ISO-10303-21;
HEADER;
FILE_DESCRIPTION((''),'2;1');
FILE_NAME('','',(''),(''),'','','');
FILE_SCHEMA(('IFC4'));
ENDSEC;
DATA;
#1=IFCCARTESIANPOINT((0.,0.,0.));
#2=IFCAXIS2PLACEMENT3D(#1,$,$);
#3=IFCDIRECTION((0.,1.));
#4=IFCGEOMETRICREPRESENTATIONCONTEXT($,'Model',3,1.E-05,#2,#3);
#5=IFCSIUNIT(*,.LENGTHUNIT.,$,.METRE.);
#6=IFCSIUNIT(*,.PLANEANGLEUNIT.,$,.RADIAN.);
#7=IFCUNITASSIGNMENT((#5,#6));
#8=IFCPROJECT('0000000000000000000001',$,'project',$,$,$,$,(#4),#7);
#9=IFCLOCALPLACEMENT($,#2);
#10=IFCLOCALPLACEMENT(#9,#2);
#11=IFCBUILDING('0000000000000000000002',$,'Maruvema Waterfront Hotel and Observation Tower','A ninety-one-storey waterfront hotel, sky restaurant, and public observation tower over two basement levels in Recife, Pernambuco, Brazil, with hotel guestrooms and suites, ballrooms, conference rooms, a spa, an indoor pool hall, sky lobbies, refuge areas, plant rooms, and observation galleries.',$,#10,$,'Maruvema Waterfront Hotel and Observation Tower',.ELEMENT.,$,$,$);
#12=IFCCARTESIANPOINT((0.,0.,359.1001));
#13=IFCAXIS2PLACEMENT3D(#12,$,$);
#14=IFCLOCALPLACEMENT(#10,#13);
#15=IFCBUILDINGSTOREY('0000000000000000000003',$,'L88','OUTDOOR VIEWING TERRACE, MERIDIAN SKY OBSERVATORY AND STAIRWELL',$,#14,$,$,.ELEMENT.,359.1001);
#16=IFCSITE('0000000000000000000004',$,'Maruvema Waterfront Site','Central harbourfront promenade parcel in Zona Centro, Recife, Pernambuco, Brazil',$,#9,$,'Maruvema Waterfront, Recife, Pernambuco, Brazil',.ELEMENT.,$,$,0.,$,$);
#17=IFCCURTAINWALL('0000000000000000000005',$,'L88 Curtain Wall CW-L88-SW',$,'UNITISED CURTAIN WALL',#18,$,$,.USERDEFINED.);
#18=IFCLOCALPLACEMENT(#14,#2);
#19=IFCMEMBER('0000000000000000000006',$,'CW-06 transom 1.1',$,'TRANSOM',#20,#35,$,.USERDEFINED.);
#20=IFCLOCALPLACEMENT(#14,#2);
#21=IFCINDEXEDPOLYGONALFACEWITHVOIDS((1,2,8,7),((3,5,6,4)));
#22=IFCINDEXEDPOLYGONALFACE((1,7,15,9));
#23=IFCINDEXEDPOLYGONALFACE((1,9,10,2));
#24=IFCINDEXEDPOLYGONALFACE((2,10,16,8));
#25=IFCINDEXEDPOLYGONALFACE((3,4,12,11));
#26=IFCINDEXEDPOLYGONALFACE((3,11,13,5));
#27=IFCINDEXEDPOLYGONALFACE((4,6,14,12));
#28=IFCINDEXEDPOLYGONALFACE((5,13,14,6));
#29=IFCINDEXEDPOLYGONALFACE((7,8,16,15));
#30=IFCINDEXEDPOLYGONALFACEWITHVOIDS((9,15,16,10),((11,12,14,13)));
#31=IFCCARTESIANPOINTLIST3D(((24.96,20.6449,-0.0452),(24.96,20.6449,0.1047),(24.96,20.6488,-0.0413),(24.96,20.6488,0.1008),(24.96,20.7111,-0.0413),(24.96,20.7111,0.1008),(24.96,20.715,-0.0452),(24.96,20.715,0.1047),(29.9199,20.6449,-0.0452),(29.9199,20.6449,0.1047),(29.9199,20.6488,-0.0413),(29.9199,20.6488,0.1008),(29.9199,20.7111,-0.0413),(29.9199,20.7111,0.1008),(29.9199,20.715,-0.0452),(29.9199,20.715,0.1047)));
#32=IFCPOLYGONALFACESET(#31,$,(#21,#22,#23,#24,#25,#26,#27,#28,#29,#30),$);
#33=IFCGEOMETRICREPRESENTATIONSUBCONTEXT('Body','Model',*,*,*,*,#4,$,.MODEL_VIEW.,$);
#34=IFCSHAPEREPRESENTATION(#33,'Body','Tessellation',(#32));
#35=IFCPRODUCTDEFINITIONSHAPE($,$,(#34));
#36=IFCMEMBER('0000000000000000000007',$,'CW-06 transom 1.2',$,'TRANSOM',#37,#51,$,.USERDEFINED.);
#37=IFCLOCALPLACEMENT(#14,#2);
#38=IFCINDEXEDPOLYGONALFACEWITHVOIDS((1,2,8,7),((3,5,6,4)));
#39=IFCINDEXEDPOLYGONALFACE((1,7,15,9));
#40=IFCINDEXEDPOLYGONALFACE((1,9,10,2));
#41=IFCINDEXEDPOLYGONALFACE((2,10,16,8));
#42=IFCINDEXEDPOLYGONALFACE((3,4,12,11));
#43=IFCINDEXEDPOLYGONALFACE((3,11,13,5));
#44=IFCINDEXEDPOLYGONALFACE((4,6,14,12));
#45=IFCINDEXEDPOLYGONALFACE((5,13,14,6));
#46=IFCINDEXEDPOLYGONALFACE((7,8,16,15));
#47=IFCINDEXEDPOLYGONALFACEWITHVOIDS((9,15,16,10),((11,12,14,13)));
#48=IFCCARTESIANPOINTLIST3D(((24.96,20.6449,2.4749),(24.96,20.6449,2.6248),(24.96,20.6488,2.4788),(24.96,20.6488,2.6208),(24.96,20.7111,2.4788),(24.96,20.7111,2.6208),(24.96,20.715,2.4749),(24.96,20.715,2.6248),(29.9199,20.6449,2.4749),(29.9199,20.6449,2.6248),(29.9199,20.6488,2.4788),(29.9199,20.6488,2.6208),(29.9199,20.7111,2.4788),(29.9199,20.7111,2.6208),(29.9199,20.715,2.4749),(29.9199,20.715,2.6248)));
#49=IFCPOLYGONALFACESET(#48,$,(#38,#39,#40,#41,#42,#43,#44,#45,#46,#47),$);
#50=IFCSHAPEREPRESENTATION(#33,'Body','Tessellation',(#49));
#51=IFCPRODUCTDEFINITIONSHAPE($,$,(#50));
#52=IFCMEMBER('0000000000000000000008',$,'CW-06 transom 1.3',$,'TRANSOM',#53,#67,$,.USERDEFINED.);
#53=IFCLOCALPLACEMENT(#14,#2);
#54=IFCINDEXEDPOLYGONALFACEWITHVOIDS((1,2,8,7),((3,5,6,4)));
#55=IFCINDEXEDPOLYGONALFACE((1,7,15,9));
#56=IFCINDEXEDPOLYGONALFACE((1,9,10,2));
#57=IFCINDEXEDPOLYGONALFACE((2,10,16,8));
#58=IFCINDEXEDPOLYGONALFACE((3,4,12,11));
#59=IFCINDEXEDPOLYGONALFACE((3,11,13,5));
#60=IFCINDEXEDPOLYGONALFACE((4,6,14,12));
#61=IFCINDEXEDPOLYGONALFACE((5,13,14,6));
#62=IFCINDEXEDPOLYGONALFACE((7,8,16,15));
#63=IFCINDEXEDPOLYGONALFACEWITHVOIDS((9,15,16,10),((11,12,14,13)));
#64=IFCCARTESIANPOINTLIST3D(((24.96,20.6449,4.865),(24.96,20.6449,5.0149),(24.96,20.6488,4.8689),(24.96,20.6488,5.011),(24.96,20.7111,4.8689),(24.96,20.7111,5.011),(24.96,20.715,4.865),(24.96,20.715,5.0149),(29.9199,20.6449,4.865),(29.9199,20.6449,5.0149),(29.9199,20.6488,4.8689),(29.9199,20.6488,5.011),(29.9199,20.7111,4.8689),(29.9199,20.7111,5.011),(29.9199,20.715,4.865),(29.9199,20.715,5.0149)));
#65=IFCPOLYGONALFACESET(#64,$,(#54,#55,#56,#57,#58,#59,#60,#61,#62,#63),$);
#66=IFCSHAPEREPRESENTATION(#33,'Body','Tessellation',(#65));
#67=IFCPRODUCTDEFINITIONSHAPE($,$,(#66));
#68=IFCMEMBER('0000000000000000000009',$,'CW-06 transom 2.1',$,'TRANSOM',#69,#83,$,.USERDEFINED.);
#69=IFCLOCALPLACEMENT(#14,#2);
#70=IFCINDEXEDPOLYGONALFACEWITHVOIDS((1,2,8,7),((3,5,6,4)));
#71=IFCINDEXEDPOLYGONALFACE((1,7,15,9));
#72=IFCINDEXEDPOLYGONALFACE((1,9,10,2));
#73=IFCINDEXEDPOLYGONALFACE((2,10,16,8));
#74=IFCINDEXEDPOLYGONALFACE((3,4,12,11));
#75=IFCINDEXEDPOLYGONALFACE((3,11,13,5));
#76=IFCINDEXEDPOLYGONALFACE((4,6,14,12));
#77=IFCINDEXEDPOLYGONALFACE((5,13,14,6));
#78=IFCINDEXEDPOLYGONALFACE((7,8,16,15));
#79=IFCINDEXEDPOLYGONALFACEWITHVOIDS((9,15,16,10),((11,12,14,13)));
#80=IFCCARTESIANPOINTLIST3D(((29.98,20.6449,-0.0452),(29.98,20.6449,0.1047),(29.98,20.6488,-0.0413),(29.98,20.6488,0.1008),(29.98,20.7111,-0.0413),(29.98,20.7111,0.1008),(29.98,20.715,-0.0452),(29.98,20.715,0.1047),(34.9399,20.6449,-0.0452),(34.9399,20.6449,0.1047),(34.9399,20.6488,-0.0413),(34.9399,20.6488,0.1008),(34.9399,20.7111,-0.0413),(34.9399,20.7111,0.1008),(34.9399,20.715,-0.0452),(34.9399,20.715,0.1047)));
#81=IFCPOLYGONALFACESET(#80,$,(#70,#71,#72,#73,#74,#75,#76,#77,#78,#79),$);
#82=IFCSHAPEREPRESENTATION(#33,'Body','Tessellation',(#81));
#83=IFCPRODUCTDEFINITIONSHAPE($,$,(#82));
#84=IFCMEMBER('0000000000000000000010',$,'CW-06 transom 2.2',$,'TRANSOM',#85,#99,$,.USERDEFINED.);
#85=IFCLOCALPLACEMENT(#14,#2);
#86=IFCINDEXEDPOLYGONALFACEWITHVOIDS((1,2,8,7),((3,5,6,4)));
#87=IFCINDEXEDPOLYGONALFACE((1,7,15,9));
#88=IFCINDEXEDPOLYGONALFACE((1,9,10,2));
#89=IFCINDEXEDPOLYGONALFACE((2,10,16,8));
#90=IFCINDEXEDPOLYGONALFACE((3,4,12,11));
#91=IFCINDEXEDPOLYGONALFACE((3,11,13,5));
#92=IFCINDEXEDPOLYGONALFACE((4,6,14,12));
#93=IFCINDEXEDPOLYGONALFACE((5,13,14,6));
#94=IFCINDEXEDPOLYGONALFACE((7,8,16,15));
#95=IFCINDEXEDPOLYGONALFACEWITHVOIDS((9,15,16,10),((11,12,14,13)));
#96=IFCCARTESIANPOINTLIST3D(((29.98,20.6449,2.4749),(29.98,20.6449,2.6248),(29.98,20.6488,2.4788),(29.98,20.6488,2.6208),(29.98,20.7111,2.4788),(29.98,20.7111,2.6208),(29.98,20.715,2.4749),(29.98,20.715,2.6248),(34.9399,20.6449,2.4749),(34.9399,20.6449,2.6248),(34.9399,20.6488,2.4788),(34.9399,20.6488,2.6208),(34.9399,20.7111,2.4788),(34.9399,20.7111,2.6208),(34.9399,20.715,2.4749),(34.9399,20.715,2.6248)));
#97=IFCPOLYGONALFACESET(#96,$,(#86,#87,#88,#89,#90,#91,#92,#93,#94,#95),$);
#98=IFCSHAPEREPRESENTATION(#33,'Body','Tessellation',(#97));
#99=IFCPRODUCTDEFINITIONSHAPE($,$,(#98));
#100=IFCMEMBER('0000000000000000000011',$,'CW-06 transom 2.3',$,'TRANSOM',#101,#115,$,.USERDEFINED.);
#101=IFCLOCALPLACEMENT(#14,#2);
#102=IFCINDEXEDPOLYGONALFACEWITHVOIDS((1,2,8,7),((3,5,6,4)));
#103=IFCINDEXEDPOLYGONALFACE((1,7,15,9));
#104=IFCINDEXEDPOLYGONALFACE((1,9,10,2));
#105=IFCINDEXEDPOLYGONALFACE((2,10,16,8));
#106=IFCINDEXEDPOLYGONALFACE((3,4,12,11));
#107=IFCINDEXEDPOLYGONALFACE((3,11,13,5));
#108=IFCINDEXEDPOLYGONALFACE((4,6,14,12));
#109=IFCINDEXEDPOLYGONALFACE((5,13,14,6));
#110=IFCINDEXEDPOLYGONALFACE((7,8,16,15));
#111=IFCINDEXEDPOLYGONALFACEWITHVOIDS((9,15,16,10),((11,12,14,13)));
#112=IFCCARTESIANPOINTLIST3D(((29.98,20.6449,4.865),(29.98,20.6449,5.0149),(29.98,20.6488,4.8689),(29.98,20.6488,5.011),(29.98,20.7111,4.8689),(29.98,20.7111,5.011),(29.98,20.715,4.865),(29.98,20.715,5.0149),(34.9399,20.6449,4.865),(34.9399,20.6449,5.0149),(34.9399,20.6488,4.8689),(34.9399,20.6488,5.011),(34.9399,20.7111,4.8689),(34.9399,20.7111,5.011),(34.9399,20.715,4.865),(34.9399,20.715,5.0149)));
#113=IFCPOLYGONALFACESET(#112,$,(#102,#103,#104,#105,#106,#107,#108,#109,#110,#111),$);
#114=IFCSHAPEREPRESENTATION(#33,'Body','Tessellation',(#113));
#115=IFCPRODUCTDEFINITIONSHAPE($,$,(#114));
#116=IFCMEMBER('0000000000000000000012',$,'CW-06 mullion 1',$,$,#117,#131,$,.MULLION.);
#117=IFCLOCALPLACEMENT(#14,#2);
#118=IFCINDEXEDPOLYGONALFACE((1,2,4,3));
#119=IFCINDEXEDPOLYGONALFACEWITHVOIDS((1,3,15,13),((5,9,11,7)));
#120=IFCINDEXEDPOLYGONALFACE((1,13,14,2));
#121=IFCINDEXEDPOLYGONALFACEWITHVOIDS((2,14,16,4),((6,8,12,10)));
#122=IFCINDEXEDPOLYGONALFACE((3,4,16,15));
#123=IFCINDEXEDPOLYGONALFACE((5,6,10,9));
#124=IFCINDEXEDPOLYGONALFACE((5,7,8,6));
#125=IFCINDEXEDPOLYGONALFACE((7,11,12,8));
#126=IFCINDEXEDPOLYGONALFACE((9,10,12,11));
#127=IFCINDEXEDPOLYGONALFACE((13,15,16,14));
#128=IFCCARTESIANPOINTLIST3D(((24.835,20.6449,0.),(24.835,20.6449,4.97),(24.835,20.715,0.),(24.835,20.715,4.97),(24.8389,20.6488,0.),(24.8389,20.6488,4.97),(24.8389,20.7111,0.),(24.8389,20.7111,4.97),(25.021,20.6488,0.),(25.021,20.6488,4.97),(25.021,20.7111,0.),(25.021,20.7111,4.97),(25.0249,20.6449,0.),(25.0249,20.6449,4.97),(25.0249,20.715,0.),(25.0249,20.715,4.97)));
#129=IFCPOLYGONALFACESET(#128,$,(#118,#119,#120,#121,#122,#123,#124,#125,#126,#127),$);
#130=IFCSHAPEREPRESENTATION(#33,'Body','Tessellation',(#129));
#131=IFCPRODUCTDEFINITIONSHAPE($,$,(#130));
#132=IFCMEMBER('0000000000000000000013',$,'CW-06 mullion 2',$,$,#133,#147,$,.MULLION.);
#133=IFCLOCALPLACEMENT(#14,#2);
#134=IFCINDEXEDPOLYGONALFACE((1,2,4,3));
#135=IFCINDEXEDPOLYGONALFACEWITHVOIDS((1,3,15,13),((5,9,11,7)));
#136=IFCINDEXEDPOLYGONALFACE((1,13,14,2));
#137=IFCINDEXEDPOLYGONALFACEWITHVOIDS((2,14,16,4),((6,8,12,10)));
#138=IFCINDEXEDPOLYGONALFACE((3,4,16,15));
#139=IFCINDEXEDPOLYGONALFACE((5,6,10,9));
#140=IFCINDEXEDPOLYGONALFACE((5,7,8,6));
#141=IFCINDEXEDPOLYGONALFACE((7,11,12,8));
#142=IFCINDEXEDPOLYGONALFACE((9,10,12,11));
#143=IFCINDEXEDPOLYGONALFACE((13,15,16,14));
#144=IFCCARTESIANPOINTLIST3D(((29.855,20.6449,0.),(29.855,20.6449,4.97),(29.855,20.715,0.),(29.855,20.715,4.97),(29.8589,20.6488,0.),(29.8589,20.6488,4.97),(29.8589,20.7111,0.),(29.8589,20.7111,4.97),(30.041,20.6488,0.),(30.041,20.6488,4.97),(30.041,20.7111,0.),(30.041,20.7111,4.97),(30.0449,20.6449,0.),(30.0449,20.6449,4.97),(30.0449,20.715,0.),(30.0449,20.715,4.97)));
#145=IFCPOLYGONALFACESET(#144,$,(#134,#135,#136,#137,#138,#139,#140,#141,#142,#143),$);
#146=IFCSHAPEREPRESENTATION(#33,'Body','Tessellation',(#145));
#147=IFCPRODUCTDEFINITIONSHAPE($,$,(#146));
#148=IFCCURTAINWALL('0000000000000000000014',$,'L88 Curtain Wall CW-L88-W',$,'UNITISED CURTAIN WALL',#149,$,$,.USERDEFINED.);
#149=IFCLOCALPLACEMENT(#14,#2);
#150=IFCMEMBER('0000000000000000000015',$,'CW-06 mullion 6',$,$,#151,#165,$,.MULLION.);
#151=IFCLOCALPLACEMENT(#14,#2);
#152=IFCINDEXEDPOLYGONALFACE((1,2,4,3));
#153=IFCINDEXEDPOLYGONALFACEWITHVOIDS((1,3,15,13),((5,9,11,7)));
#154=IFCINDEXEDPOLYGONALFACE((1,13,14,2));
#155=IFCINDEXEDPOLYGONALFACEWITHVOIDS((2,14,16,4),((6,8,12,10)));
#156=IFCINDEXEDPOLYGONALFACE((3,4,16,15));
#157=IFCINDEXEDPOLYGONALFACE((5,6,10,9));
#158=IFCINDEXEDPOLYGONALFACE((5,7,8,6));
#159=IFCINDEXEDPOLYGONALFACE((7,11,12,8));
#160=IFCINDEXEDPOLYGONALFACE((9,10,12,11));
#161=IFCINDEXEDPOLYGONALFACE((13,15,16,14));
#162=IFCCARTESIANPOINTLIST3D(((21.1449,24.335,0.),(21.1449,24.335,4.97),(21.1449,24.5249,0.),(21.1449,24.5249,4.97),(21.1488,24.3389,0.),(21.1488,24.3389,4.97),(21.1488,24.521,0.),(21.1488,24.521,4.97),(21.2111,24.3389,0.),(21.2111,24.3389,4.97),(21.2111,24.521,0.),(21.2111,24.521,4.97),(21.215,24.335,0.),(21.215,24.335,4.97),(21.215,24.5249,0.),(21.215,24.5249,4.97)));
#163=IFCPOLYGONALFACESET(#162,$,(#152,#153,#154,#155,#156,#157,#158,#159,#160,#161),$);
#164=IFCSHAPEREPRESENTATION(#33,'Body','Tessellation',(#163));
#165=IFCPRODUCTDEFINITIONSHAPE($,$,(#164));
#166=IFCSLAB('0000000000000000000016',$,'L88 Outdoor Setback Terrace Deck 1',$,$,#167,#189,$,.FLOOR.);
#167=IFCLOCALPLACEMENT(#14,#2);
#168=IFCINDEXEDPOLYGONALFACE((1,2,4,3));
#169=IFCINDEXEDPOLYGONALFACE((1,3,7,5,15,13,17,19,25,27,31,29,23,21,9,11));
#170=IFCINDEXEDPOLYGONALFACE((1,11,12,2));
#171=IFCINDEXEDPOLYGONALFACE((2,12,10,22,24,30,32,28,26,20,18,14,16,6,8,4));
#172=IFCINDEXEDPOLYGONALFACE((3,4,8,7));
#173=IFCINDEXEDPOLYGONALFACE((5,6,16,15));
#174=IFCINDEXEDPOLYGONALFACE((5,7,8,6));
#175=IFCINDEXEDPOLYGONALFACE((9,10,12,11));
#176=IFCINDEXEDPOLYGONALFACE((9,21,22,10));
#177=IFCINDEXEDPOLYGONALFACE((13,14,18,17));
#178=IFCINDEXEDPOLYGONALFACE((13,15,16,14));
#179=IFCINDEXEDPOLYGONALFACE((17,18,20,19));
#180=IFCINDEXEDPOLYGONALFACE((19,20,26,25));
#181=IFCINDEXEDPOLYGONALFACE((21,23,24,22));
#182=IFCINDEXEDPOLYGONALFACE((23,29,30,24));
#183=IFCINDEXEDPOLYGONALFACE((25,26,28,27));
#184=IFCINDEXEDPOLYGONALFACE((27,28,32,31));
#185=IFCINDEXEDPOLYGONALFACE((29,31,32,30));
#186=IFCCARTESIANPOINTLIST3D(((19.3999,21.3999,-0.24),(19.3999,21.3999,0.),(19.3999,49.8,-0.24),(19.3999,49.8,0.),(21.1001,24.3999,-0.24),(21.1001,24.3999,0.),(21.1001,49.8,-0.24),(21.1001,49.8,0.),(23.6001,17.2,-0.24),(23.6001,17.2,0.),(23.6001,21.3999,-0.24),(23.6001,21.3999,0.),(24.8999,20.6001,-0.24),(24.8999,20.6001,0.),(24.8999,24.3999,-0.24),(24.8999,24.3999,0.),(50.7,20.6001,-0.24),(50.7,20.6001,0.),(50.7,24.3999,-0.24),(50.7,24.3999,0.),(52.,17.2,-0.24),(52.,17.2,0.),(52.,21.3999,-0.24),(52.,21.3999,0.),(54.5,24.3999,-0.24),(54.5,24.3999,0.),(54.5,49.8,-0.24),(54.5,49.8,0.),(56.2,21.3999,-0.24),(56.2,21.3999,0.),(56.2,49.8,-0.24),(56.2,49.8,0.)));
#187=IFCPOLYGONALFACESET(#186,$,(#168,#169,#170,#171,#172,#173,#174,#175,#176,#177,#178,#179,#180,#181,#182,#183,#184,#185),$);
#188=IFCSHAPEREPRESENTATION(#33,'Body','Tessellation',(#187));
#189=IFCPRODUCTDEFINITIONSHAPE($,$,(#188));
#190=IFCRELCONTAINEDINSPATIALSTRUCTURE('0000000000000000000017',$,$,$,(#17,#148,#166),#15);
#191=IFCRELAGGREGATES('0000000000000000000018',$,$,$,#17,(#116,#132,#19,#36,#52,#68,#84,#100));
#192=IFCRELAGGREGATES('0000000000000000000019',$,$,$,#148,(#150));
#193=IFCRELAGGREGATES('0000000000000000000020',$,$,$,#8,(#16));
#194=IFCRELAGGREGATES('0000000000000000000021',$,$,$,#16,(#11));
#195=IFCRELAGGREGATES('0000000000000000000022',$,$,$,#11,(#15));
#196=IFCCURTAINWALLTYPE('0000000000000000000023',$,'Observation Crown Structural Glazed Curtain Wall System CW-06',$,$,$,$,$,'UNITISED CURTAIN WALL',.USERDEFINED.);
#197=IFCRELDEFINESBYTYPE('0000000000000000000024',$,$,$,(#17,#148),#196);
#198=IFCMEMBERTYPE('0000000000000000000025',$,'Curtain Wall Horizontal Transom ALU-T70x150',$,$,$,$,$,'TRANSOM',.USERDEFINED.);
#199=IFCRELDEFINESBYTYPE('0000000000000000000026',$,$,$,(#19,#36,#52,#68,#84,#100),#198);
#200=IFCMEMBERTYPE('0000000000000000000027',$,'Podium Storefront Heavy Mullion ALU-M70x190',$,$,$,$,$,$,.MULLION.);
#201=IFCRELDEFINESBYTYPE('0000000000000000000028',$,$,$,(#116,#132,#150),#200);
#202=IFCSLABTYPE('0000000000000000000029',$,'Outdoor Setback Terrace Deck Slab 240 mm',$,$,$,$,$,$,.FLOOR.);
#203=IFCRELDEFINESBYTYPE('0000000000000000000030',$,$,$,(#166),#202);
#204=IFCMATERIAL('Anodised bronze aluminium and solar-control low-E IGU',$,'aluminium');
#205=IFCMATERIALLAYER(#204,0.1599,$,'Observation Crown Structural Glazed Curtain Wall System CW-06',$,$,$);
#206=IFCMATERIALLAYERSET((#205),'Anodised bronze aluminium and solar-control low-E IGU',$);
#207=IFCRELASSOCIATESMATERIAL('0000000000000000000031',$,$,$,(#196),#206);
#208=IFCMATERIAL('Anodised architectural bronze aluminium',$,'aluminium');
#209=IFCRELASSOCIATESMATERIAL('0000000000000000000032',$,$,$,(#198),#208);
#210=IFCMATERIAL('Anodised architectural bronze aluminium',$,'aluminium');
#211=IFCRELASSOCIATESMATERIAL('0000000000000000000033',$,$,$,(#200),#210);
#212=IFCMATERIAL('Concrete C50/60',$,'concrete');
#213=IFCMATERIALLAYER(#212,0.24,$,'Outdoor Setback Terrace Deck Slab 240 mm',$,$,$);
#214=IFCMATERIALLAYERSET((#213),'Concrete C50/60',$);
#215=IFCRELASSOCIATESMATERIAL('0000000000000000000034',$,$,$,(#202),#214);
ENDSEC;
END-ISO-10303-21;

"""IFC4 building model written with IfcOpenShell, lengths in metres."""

from ifc_helpers import new_model, si_unit, direction, frame, origin, origin_2d, place, context, subcontext, project, spatial, polyline, hollow_rectangle, outline, extrude, material, layer, layer_set, material_profile, profile_set, type_object, element, aggregate, save


model = new_model("IFC4")

# Units and contexts
model_context = context("Model", 3, precision=1e-05, world=origin(), true_north=direction((0.0, 1.0)))
body_context = subcontext(model_context, "Body", "Model", "MODEL_VIEW")
ifc_project = project(units=[si_unit("LENGTHUNIT", "METRE"), si_unit("PLANEANGLEUNIT", "RADIAN")], contexts=[model_context])

# Site, building, storey
site_placement = place(None, origin())
site = spatial("IfcSite", under=ifc_project, at=site_placement, Name="Maruvema Waterfront Site", Description="Central harbourfront promenade parcel in Zona Centro, Recife, Pernambuco, Brazil", LongName="Maruvema Waterfront, Recife, Pernambuco, Brazil", CompositionType="ELEMENT", RefElevation=0.0)
building_placement = place(site_placement, origin())
building = spatial("IfcBuilding", under=site, at=building_placement, Name="Maruvema Waterfront Hotel and Observation Tower", Description="A ninety-one-storey waterfront hotel, sky restaurant, and public observation tower over two basement levels in Recife, Pernambuco, Brazil, with hotel guestrooms and suites, ballrooms, conference rooms, a spa, an indoor pool hall, sky lobbies, refuge areas, plant rooms, and observation galleries.", LongName="Maruvema Waterfront Hotel and Observation Tower", CompositionType="ELEMENT")
storey_placement = place(building_placement, frame((0.0, 0.0, 359.1001)))
storey = spatial("IfcBuildingStorey", under=building, at=storey_placement, Name="L88", Description="OUTDOOR VIEWING TERRACE, MERIDIAN SKY OBSERVATORY AND STAIRWELL", CompositionType="ELEMENT", Elevation=359.1001)

# Curtain wall, members
ifc_material_1 = material(Name="Anodised bronze aluminium and solar-control low-E IGU", Category="aluminium")
ifc_layer_1 = layer(ifc_material_1, 0.1599, Name="Observation Crown Structural Glazed Curtain Wall System CW-06")
ifc_layer_set_1 = layer_set([ifc_layer_1], Name="Anodised bronze aluminium and solar-control low-E IGU")
curtain_wall_type = type_object("IfcCurtainWallType", Name="Observation Crown Structural Glazed Curtain Wall System CW-06", ElementType="UNITISED CURTAIN WALL", PredefinedType="USERDEFINED", material=ifc_layer_set_1)
curtain_wall_1_placement = place(storey_placement, origin())
curtain_wall_1 = element("IfcCurtainWall", 1, at=curtain_wall_1_placement, inside=storey, type_object=curtain_wall_type, Name="L88 Curtain Wall CW-L88-SW", ObjectType="UNITISED CURTAIN WALL", PredefinedType="USERDEFINED")
ifc_material_2 = material(Name="Anodised architectural bronze aluminium", Category="aluminium")
ifc_material_profile_1 = material_profile(ifc_material_2, hollow_rectangle(XDim=0.0701, YDim=0.1499, WallThickness=0.0039, at=origin_2d()), Name="ALU-T70x150")
ifc_profile_set_1 = profile_set([ifc_material_profile_1], Name="Anodised architectural bronze aluminium")
member_type_1 = type_object("IfcMemberType", Name="Curtain Wall Horizontal Transom ALU-T70x150", ElementType="TRANSOM", PredefinedType="USERDEFINED", material=ifc_profile_set_1)
member_1_placement = place(storey_placement, frame((24.96, 20.6799, 0.0298), z_axis=(1.0, 0.0, 0.0), x_axis=(0.0, 1.0, 0.0)))
member_1 = element("IfcMember", 2, at=member_1_placement, type_object=member_type_1, Name="CW-06 transom 1.1", ObjectType="TRANSOM", PredefinedType="USERDEFINED", context=body_context, shape_type="SweptSolid", body=[
    extrude(hollow_rectangle(XDim=0.0701, YDim=0.1499, WallThickness=0.0039, at=origin_2d()), origin(), (0.0, 0.0, 1.0), 4.96),
])
member_2_placement = place(storey_placement, frame((24.96, 20.6799, 2.5498), z_axis=(1.0, 0.0, 0.0), x_axis=(0.0, 1.0, 0.0)))
member_2 = element("IfcMember", 3, at=member_2_placement, type_object=member_type_1, Name="CW-06 transom 1.2", ObjectType="TRANSOM", PredefinedType="USERDEFINED", context=body_context, shape_type="SweptSolid", body=[
    extrude(hollow_rectangle(XDim=0.0701, YDim=0.1499, WallThickness=0.0039, at=origin_2d()), origin(), (0.0, 0.0, 1.0), 4.96),
])
member_3_placement = place(storey_placement, frame((24.96, 20.6799, 4.9399), z_axis=(1.0, 0.0, 0.0), x_axis=(0.0, 1.0, 0.0)))
member_3 = element("IfcMember", 4, at=member_3_placement, type_object=member_type_1, Name="CW-06 transom 1.3", ObjectType="TRANSOM", PredefinedType="USERDEFINED", context=body_context, shape_type="SweptSolid", body=[
    extrude(hollow_rectangle(XDim=0.0701, YDim=0.1499, WallThickness=0.0039, at=origin_2d()), origin(), (0.0, 0.0, 1.0), 4.96),
])
member_4_placement = place(storey_placement, frame((29.98, 20.6799, 0.0298), z_axis=(1.0, 0.0, 0.0), x_axis=(0.0, 1.0, 0.0)))
member_4 = element("IfcMember", 5, at=member_4_placement, type_object=member_type_1, Name="CW-06 transom 2.1", ObjectType="TRANSOM", PredefinedType="USERDEFINED", context=body_context, shape_type="SweptSolid", body=[
    extrude(hollow_rectangle(XDim=0.0701, YDim=0.1499, WallThickness=0.0039, at=origin_2d()), origin(), (0.0, 0.0, 1.0), 4.96),
])
member_5_placement = place(storey_placement, frame((29.98, 20.6799, 2.5498), z_axis=(1.0, 0.0, 0.0), x_axis=(0.0, 1.0, 0.0)))
member_5 = element("IfcMember", 6, at=member_5_placement, type_object=member_type_1, Name="CW-06 transom 2.2", ObjectType="TRANSOM", PredefinedType="USERDEFINED", context=body_context, shape_type="SweptSolid", body=[
    extrude(hollow_rectangle(XDim=0.0701, YDim=0.1499, WallThickness=0.0039, at=origin_2d()), origin(), (0.0, 0.0, 1.0), 4.96),
])
member_6_placement = place(storey_placement, frame((29.98, 20.6799, 4.9399), z_axis=(1.0, 0.0, 0.0), x_axis=(0.0, 1.0, 0.0)))
member_6 = element("IfcMember", 7, at=member_6_placement, type_object=member_type_1, Name="CW-06 transom 2.3", ObjectType="TRANSOM", PredefinedType="USERDEFINED", context=body_context, shape_type="SweptSolid", body=[
    extrude(hollow_rectangle(XDim=0.0701, YDim=0.1499, WallThickness=0.0039, at=origin_2d()), origin(), (0.0, 0.0, 1.0), 4.96),
])
ifc_material_3 = material(Name="Anodised architectural bronze aluminium", Category="aluminium")
ifc_material_profile_2 = material_profile(ifc_material_3, hollow_rectangle(XDim=0.0701, YDim=0.1899, WallThickness=0.0039, at=origin_2d()), Name="ALU-M70x190")
ifc_profile_set_2 = profile_set([ifc_material_profile_2], Name="Anodised architectural bronze aluminium")
member_type_2 = type_object("IfcMemberType", Name="Podium Storefront Heavy Mullion ALU-M70x190", PredefinedType="MULLION", material=ifc_profile_set_2)
member_7_placement = place(storey_placement, frame((24.9299, 20.6799, 0.0), z_axis=(0.0, 0.0, 1.0), x_axis=(0.0, 1.0, 0.0)))
member_7 = element("IfcMember", 8, at=member_7_placement, type_object=member_type_2, Name="CW-06 mullion 1", PredefinedType="MULLION", context=body_context, shape_type="SweptSolid", body=[
    extrude(hollow_rectangle(XDim=0.0701, YDim=0.1899, WallThickness=0.0039, at=origin_2d()), origin(), (0.0, 0.0, 1.0), 4.97),
])
member_8_placement = place(storey_placement, frame((29.95, 20.6799, 0.0), z_axis=(0.0, 0.0, 1.0), x_axis=(0.0, 1.0, 0.0)))
member_8 = element("IfcMember", 9, at=member_8_placement, type_object=member_type_2, Name="CW-06 mullion 2", PredefinedType="MULLION", context=body_context, shape_type="SweptSolid", body=[
    extrude(hollow_rectangle(XDim=0.0701, YDim=0.1899, WallThickness=0.0039, at=origin_2d()), origin(), (0.0, 0.0, 1.0), 4.97),
])

# Curtain wall, member
curtain_wall_2_placement = place(storey_placement, origin())
curtain_wall_2 = element("IfcCurtainWall", 10, at=curtain_wall_2_placement, inside=storey, type_object=curtain_wall_type, Name="L88 Curtain Wall CW-L88-W", ObjectType="UNITISED CURTAIN WALL", PredefinedType="USERDEFINED")
member_9_placement = place(storey_placement, frame((21.1799, 24.4299, 0.0), z_axis=(0.0, 0.0, 1.0), x_axis=(1.0, 0.0, 0.0)))
member_9 = element("IfcMember", 11, at=member_9_placement, type_object=member_type_2, Name="CW-06 mullion 6", PredefinedType="MULLION", context=body_context, shape_type="SweptSolid", body=[
    extrude(hollow_rectangle(XDim=0.0701, YDim=0.1899, WallThickness=0.0039, at=origin_2d()), origin(), (0.0, 0.0, 1.0), 4.97),
])

# Slab
ifc_material_4 = material(Name="Concrete C50/60", Category="concrete")
ifc_layer_2 = layer(ifc_material_4, 0.24, Name="Outdoor Setback Terrace Deck Slab 240 mm")
ifc_layer_set_2 = layer_set([ifc_layer_2], Name="Concrete C50/60")
slab_type_1 = type_object("IfcSlabType", Name="Outdoor Setback Terrace Deck Slab 240 mm", PredefinedType="FLOOR", material=ifc_layer_set_2)
slab_1_placement = place(storey_placement, frame((0.0, 0.0, -0.24)))
element("IfcSlab", 12, at=slab_1_placement, inside=storey, type_object=slab_type_1, Name="L88 Outdoor Setback Terrace Deck 1", PredefinedType="FLOOR", context=body_context, shape_type="SweptSolid", body=[
    extrude(outline(polyline([(56.2, 49.8), (56.2, 21.3999), (52.0, 21.3999), (52.0, 17.2), (23.6001, 17.2), (23.6001, 21.3999), (19.3999, 21.3999), (19.3999, 49.8), (21.1001, 49.8), (21.1001, 24.3999), (24.8999, 24.3999), (24.8999, 20.6001), (50.7, 20.6001), (50.7, 24.3999), (54.5, 24.3999), (54.5, 49.8), (56.2, 49.8)])), origin(), (0.0, 0.0, 1.0), 0.24),
])

aggregate(curtain_wall_1, [member_7, member_8, member_1, member_2, member_3, member_4, member_5, member_6])
aggregate(curtain_wall_2, [member_9])

save(model, "model.ifc")
